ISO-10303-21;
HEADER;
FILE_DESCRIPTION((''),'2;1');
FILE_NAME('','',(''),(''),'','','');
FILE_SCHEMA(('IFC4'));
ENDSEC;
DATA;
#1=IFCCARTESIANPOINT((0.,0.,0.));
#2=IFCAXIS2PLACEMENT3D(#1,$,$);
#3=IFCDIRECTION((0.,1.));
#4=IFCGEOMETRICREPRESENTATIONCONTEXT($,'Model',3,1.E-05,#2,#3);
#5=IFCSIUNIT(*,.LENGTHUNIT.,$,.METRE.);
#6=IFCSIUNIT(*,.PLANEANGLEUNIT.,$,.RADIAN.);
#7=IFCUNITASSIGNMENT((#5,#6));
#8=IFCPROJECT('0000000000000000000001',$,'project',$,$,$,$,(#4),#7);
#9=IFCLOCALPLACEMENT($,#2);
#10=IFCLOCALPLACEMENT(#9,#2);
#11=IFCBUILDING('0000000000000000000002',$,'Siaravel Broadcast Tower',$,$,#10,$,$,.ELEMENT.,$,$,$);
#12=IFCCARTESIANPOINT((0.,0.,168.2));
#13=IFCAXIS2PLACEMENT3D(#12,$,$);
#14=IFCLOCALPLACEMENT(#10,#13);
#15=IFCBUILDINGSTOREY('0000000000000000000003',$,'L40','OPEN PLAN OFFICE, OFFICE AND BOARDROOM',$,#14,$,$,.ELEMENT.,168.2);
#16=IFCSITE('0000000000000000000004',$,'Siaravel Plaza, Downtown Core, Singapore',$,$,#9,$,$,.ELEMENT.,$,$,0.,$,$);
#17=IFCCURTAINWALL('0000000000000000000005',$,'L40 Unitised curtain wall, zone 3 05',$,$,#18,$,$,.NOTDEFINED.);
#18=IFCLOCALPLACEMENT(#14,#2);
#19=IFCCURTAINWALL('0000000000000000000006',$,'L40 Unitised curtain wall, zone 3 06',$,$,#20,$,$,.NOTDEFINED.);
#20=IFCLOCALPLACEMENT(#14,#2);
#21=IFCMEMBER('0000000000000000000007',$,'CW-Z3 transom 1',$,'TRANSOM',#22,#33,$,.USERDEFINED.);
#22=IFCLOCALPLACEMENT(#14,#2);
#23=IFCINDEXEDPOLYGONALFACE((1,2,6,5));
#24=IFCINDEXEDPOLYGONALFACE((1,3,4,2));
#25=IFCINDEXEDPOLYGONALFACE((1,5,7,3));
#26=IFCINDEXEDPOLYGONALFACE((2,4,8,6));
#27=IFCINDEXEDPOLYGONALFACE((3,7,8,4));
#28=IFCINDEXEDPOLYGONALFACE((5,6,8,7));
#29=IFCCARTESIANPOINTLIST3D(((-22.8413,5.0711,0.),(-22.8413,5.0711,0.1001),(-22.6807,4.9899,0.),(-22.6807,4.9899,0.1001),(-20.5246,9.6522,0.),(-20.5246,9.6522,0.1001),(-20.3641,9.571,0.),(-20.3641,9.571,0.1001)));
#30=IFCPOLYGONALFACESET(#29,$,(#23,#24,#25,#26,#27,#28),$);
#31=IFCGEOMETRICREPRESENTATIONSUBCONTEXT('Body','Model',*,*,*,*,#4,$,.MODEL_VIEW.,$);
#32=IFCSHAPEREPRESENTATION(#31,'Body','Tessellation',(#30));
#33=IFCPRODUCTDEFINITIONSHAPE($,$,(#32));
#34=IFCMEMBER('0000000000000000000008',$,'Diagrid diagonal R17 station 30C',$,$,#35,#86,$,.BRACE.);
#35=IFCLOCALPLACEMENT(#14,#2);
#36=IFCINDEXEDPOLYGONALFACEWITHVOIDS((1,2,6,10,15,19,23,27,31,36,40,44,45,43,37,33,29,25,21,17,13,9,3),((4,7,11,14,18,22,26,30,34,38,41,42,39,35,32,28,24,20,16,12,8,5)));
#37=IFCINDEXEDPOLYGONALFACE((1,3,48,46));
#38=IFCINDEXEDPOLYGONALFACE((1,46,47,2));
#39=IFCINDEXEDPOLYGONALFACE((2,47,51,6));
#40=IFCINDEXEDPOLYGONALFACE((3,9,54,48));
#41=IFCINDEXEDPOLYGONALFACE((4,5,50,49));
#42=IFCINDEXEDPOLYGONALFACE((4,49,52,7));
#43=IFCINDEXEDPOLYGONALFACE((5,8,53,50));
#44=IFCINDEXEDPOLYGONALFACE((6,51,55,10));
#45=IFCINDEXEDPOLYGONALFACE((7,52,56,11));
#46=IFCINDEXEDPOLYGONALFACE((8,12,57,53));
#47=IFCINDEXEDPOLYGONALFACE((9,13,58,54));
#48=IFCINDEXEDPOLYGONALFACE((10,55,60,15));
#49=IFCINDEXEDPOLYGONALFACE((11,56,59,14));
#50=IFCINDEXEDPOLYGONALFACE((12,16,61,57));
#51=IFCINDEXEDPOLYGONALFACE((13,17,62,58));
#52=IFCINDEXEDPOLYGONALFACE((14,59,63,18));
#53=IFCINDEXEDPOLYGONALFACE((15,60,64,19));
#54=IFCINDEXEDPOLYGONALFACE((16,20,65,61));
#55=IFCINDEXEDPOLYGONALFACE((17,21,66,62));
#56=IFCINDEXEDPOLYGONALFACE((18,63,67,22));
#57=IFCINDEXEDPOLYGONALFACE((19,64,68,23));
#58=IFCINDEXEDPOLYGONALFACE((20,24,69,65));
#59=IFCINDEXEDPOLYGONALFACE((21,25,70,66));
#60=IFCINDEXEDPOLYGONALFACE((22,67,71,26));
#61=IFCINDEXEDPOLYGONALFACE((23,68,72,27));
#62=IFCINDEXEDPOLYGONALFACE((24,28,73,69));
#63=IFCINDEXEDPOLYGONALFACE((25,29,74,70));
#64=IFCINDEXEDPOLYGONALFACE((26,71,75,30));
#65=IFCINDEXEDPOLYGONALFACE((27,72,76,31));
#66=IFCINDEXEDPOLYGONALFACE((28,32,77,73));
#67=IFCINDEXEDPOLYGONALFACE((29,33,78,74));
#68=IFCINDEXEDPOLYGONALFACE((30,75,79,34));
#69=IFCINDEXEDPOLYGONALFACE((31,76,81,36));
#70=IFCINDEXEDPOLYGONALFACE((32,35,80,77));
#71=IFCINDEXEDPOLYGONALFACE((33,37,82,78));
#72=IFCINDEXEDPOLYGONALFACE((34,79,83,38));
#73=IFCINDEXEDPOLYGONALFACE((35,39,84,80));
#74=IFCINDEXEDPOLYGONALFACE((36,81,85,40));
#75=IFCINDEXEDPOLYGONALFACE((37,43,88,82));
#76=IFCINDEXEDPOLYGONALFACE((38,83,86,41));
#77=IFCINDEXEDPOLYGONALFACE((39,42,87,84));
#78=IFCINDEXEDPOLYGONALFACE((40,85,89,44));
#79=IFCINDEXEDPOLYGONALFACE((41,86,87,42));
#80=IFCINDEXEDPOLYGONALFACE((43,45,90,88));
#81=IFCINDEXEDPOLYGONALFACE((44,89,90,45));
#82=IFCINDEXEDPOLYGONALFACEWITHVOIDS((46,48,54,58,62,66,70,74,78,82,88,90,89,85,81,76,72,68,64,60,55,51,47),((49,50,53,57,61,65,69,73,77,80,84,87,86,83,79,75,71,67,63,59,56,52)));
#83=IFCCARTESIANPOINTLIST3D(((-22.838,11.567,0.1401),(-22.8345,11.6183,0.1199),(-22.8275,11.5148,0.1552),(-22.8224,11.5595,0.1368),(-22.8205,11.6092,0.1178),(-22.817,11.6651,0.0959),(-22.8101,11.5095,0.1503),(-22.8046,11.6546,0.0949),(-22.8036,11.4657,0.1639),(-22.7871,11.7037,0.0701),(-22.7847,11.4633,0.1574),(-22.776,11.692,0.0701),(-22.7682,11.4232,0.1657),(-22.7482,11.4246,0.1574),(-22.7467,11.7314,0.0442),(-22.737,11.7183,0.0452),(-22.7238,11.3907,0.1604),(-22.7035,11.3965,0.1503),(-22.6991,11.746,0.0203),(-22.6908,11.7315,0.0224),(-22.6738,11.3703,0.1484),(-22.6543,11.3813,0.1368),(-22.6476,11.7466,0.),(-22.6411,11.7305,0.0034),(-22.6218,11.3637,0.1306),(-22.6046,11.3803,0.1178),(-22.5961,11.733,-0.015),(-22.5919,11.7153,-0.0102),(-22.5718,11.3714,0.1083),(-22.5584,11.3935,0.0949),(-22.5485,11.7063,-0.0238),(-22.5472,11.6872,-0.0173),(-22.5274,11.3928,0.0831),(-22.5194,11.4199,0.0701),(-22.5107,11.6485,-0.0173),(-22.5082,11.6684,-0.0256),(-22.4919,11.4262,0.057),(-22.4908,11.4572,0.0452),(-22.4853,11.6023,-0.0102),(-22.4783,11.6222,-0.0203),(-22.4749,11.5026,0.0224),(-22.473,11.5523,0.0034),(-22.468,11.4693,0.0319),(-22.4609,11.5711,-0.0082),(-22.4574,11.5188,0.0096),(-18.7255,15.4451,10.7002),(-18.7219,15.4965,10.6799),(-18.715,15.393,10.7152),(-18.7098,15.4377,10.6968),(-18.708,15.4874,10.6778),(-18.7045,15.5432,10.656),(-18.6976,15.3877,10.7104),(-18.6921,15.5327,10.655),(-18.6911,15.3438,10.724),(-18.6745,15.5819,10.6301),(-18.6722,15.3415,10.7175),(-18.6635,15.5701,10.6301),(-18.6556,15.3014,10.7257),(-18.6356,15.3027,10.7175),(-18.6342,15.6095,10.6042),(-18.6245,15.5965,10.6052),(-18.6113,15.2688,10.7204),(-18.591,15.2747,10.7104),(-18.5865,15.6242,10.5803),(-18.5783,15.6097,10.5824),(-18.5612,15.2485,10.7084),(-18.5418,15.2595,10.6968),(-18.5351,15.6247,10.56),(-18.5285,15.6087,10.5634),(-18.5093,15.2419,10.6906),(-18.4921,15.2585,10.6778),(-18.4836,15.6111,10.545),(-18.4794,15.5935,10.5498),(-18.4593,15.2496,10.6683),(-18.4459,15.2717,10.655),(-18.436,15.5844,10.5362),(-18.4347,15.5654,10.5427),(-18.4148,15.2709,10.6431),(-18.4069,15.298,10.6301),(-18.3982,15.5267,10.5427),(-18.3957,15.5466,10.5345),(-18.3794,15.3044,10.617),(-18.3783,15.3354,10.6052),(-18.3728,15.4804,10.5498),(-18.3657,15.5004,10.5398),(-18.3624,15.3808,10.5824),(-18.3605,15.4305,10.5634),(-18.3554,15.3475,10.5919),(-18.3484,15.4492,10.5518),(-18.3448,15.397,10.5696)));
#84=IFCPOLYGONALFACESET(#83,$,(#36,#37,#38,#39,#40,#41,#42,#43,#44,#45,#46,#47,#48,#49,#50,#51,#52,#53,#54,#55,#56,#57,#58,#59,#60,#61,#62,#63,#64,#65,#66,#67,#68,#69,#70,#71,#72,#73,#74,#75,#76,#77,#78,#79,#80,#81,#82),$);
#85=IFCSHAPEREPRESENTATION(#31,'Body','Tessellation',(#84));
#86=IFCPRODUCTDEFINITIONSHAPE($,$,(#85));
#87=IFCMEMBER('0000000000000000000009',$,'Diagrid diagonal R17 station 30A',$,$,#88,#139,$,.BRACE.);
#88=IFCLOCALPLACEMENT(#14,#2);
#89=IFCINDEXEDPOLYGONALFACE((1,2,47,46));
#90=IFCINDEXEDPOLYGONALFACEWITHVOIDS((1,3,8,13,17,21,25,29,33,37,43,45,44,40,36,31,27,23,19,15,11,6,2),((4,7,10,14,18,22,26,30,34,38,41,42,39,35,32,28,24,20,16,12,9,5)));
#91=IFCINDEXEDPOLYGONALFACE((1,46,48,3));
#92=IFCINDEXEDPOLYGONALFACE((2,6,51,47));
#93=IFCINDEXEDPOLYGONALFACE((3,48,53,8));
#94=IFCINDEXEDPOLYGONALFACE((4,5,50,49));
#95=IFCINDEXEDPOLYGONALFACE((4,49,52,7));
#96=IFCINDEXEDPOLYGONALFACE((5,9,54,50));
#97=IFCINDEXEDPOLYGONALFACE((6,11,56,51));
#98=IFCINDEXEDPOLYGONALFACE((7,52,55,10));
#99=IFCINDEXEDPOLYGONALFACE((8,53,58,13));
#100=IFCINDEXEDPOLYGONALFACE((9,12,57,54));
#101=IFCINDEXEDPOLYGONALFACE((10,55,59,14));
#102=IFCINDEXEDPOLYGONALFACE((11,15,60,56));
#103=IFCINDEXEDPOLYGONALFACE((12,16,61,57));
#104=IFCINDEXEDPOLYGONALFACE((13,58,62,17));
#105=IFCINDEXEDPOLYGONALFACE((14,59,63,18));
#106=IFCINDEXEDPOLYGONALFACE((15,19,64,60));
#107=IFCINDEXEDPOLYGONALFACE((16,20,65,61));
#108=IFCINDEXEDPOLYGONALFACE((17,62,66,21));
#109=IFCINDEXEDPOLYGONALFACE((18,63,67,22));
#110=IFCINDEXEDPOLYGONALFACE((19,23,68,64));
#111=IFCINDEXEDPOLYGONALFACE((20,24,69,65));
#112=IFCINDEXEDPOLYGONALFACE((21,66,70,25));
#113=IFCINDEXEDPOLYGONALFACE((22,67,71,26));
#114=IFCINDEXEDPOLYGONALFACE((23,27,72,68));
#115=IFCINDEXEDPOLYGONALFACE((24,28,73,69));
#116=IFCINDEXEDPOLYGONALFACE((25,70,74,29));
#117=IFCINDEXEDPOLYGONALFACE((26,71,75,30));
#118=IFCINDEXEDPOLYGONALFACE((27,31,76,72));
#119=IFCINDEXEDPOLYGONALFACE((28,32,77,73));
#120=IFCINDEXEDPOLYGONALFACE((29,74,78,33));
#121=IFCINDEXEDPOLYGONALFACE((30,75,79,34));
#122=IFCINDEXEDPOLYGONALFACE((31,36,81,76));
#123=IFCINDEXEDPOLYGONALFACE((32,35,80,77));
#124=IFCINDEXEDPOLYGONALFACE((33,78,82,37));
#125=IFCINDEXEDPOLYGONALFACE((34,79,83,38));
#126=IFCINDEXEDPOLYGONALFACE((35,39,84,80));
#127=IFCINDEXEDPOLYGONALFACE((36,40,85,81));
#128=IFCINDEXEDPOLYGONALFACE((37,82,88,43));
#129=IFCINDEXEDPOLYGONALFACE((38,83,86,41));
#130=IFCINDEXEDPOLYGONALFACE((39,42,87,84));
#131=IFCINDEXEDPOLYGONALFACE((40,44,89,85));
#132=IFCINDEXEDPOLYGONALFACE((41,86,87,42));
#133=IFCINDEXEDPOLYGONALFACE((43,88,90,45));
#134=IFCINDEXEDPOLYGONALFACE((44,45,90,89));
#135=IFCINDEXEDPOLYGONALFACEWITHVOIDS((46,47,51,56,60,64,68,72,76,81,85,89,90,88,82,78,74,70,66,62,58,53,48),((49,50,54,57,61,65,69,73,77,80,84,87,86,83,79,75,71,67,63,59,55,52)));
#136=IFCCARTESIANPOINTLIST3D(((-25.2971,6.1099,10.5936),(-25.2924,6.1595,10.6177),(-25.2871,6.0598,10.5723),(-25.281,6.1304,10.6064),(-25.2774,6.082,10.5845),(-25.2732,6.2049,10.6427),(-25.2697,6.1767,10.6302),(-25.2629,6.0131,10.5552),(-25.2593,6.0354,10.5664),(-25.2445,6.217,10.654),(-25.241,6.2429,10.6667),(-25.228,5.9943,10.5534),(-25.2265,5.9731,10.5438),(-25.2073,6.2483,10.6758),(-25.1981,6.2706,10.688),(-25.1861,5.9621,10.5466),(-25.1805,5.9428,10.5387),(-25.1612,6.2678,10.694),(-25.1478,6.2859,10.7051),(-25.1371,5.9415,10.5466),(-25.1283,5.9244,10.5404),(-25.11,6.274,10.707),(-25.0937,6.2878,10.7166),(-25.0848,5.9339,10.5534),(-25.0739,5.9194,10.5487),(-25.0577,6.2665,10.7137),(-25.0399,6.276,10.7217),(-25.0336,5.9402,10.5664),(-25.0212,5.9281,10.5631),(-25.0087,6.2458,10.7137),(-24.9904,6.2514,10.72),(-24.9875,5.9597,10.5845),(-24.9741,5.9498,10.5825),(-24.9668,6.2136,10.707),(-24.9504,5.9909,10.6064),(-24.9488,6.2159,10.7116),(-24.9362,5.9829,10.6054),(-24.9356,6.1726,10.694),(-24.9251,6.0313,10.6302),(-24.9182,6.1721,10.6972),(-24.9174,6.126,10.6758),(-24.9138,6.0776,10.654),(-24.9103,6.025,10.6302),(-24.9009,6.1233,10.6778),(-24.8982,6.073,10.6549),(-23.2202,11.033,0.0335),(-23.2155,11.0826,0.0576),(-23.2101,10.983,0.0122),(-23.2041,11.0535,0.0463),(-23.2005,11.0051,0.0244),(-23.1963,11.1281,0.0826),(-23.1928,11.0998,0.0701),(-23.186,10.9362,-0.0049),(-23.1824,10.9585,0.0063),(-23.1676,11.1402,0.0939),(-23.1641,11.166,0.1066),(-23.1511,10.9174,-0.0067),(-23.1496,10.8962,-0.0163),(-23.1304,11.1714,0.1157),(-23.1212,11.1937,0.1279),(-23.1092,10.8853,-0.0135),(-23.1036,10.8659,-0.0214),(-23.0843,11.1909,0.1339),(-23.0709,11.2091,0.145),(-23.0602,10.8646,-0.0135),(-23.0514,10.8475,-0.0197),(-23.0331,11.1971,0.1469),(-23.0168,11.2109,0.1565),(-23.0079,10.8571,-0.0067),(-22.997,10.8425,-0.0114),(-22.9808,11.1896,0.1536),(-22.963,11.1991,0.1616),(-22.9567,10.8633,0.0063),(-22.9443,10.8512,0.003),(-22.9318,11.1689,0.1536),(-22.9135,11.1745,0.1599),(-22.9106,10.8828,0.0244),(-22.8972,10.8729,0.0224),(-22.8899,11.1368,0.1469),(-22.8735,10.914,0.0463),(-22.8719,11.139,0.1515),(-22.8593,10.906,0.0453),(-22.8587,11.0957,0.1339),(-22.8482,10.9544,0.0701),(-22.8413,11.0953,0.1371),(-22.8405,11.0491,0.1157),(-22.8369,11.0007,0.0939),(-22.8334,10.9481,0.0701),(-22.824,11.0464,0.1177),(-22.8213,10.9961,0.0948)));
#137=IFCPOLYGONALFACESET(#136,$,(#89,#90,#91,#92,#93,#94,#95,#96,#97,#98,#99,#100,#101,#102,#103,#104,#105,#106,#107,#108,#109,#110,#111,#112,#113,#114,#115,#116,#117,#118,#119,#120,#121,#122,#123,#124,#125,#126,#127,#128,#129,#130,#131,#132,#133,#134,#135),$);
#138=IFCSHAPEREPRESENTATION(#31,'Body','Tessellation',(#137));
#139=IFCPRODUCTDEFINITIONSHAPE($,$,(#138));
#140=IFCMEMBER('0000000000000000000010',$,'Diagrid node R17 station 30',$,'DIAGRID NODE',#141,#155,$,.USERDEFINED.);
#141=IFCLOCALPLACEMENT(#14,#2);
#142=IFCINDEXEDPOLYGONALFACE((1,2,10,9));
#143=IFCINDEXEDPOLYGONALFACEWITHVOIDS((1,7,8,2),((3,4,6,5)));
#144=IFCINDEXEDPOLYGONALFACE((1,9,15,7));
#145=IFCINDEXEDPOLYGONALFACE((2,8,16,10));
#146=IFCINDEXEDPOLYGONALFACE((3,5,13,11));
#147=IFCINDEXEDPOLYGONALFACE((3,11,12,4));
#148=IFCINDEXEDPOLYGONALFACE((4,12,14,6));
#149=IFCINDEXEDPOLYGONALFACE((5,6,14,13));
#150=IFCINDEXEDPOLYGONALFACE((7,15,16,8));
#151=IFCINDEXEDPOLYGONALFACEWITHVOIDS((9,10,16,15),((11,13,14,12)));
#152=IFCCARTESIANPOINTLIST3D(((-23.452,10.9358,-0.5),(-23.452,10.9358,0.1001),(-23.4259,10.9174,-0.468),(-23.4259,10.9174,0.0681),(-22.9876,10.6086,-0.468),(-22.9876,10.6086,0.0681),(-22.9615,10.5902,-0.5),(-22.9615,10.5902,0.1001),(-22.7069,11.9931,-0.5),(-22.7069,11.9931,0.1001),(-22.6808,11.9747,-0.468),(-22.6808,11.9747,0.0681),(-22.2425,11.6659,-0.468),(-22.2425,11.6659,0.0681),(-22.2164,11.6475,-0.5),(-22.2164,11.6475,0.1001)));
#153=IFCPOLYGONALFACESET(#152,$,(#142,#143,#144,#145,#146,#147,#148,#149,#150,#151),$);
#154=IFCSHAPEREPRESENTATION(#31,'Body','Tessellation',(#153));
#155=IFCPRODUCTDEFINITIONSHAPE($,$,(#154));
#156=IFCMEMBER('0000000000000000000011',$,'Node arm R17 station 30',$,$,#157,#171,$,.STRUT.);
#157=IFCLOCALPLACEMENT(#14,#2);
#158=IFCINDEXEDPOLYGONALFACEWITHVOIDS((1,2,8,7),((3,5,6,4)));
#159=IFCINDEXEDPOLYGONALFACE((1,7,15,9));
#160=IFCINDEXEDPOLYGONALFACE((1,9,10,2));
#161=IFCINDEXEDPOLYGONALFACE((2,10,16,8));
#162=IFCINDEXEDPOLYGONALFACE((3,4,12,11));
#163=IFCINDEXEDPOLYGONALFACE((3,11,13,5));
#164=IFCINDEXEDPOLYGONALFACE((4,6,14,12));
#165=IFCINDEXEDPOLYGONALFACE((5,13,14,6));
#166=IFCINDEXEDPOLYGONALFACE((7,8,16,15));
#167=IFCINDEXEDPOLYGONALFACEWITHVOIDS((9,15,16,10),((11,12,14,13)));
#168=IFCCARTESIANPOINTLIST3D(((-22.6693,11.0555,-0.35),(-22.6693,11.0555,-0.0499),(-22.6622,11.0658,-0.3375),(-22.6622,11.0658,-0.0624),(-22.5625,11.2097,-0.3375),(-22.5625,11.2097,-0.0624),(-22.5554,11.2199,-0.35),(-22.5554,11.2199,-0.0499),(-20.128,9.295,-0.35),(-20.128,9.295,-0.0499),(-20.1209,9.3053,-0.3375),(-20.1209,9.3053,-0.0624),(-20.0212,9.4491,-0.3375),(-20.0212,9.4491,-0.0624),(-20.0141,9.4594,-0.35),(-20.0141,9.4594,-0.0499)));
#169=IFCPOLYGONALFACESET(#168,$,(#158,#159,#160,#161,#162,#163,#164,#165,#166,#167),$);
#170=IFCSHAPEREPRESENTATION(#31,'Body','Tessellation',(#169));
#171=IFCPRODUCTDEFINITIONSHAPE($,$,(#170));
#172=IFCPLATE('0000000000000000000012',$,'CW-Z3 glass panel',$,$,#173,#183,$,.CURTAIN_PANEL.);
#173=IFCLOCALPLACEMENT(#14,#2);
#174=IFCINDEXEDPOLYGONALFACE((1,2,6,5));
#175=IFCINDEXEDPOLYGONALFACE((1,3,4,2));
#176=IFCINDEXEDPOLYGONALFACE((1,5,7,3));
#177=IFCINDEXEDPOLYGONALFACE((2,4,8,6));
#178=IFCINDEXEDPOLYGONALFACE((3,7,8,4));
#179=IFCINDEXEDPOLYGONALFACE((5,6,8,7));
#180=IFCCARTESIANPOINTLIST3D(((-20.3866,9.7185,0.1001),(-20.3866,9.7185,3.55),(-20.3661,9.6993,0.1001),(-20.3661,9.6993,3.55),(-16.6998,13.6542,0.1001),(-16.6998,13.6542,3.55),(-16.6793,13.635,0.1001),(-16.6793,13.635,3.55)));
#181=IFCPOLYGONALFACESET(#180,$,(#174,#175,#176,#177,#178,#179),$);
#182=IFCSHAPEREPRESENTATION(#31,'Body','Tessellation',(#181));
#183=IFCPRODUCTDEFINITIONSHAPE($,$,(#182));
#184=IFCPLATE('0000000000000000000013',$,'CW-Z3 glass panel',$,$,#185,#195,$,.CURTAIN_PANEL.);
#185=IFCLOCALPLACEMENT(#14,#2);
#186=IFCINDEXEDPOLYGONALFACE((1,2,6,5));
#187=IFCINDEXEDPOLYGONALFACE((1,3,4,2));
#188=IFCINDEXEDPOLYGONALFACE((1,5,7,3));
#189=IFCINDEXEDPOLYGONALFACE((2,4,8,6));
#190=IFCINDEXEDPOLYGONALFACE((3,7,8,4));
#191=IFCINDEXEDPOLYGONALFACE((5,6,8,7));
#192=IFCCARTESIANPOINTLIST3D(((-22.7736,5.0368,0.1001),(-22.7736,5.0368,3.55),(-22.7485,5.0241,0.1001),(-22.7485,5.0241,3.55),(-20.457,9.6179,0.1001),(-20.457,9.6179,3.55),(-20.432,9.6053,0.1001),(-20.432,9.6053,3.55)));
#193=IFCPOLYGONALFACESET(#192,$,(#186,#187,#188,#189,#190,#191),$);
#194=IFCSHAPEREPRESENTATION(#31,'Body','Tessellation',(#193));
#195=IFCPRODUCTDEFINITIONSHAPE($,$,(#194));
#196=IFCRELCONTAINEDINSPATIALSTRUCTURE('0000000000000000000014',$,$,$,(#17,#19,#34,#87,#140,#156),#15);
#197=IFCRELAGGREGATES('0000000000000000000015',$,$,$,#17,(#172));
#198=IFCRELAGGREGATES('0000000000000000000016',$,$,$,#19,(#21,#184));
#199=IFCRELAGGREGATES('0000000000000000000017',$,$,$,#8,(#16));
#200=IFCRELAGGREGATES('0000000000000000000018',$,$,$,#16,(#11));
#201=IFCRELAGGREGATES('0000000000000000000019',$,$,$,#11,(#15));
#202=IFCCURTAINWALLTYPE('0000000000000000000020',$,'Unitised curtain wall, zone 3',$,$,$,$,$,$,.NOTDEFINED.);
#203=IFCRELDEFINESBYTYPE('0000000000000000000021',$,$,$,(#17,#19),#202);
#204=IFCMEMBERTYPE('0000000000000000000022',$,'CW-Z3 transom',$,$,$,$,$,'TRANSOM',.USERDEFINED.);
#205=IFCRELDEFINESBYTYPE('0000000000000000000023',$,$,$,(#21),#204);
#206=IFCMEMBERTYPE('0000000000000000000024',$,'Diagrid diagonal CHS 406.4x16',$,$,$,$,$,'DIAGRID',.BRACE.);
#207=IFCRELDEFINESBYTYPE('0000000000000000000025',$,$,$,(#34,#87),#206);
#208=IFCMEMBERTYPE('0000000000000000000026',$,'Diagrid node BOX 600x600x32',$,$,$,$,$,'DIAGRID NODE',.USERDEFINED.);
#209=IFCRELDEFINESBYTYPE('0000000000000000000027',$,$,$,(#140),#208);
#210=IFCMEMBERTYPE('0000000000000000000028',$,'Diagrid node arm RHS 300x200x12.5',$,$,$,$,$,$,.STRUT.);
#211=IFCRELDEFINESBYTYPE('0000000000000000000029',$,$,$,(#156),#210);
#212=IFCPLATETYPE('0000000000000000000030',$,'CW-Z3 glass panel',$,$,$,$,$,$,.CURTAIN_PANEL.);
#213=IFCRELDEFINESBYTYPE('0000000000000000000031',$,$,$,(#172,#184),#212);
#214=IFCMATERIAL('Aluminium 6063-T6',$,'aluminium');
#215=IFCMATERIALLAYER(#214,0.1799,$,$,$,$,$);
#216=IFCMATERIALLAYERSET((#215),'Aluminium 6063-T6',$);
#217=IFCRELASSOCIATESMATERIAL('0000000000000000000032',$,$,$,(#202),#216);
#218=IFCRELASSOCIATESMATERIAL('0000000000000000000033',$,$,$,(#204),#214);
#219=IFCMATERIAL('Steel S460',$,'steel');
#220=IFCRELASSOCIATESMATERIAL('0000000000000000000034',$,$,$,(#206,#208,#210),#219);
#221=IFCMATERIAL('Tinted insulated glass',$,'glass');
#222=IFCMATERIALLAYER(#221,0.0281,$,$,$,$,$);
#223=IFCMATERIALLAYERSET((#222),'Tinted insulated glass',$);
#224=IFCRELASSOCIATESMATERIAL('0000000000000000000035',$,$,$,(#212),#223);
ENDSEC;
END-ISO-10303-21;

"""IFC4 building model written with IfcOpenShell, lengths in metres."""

from ifc_helpers import new_model, si_unit, direction, frame, origin, origin_2d, place, context, subcontext, project, spatial, rectangle, hollow_rectangle, hollow_circle, extrude, material, layer, layer_set, material_profile, profile_set, type_object, element, aggregate, save


model = new_model("IFC4")

# Units and contexts
model_context = context("Model", 3, precision=1e-05, world=origin(), true_north=direction((0.0, 1.0)))
body_context = subcontext(model_context, "Body", "Model", "MODEL_VIEW")
ifc_project = project(units=[si_unit("LENGTHUNIT", "METRE"), si_unit("PLANEANGLEUNIT", "RADIAN")], contexts=[model_context])

# Site, building, storey
site_placement = place(None, origin())
site = spatial("IfcSite", under=ifc_project, at=site_placement, Name="Siaravel Plaza, Downtown Core, Singapore", CompositionType="ELEMENT", RefElevation=0.0)
building_placement = place(site_placement, origin())
building = spatial("IfcBuilding", under=site, at=building_placement, Name="Siaravel Broadcast Tower", CompositionType="ELEMENT")
storey_placement = place(building_placement, frame((0.0, 0.0, 168.2)))
storey = spatial("IfcBuildingStorey", under=building, at=storey_placement, Name="L40", Description="OPEN PLAN OFFICE, OFFICE AND BOARDROOM", CompositionType="ELEMENT", Elevation=168.2)

# Curtain wall
ifc_material_1 = material(Name="Aluminium 6063-T6", Category="aluminium")
ifc_layer_1 = layer(ifc_material_1, 0.1799)
ifc_layer_set_1 = layer_set([ifc_layer_1], Name="Aluminium 6063-T6")
curtain_wall_type = type_object("IfcCurtainWallType", Name="Unitised curtain wall, zone 3", PredefinedType="NOTDEFINED", material=ifc_layer_set_1)
curtain_wall_1_placement = place(storey_placement, origin())
curtain_wall_1 = element("IfcCurtainWall", 1, at=curtain_wall_1_placement, inside=storey, type_object=curtain_wall_type, Name="L40 Unitised curtain wall, zone 3 05", PredefinedType="NOTDEFINED")

# Curtain wall
curtain_wall_2_placement = place(storey_placement, origin())
curtain_wall_2 = element("IfcCurtainWall", 2, at=curtain_wall_2_placement, inside=storey, type_object=curtain_wall_type, Name="L40 Unitised curtain wall, zone 3 06", PredefinedType="NOTDEFINED")

# Member
ifc_material_profile_1 = material_profile(ifc_material_1, rectangle(XDim=0.1799, YDim=0.1001, at=origin_2d()))
ifc_profile_set_1 = profile_set([ifc_material_profile_1], Name="Aluminium 6063-T6")
member_type_1 = type_object("IfcMemberType", Name="CW-Z3 transom", ElementType="TRANSOM", PredefinedType="USERDEFINED", material=ifc_profile_set_1)
member_1_placement = place(storey_placement, frame((-20.4443, 9.6116, 0.05), z_axis=(-0.45128, -0.892382, 0.0), x_axis=(0.892382, -0.45128, 0.0)))
member_1 = element("IfcMember", 3, at=member_1_placement, type_object=member_type_1, Name="CW-Z3 transom 1", ObjectType="TRANSOM", PredefinedType="USERDEFINED", context=body_context, shape_type="SweptSolid", body=[
    extrude(rectangle(XDim=0.1799, YDim=0.1001, at=origin_2d()), origin(), (0.0, 0.0, 1.0), 5.1335),
])

# Members
ifc_material_2 = material(Name="Steel S460", Category="steel")
ifc_material_profile_2 = material_profile(ifc_material_2, hollow_circle(Radius=0.2031, WallThickness=0.0161, at=origin_2d()))
ifc_profile_set_2 = profile_set([ifc_material_profile_2], Name="Steel S460")
member_type_2 = type_object("IfcMemberType", Name="Diagrid diagonal CHS 406.4x16", ElementType="DIAGRID", PredefinedType="BRACE", material=ifc_profile_set_2)
member_2_placement = place(storey_placement, frame((-22.6477, 11.5559, 0.0701), z_axis=(0.343347, 0.32378, 0.881635), x_axis=(-0.686072, 0.727534, 0.0)))
element("IfcMember", 4, at=member_2_placement, inside=storey, type_object=member_type_2, Name="Diagrid diagonal R17 station 30C", PredefinedType="BRACE", context=body_context, shape_type="SweptSolid", body=[
    extrude(hollow_circle(Radius=0.2031, WallThickness=0.0161, at=origin_2d()), origin(), (0.0, 0.0, 1.0), 11.9778),
])
member_3_placement = place(storey_placement, frame((-23.0205, 11.0271, 0.0701), z_axis=(-0.17549, -0.415981, 0.89228), x_axis=(0.921366, -0.388696, 0.0)))
element("IfcMember", 5, at=member_3_placement, inside=storey, type_object=member_type_2, Name="Diagrid diagonal R17 station 30A", PredefinedType="BRACE", context=body_context, shape_type="SweptSolid", body=[
    extrude(hollow_circle(Radius=0.2031, WallThickness=0.0161, at=origin_2d()), origin(), (0.0, 0.0, 1.0), 11.835),
])
ifc_material_profile_3 = material_profile(ifc_material_2, hollow_rectangle(XDim=0.6001, YDim=0.6001, WallThickness=0.032, at=origin_2d()))
ifc_profile_set_3 = profile_set([ifc_material_profile_3], Name="Steel S460")
member_type_3 = type_object("IfcMemberType", Name="Diagrid node BOX 600x600x32", ElementType="DIAGRID NODE", PredefinedType="USERDEFINED", material=ifc_profile_set_3)
member_4_placement = place(storey_placement, frame((-22.4617, 11.8203, -0.2), z_axis=(-0.576031, -0.817428, 0.0), x_axis=(0.817428, -0.576031, 0.0)))
element("IfcMember", 6, at=member_4_placement, inside=storey, type_object=member_type_3, Name="Diagrid node R17 station 30", ObjectType="DIAGRID NODE", PredefinedType="USERDEFINED", context=body_context, shape_type="SweptSolid", body=[
    extrude(hollow_rectangle(XDim=0.6001, YDim=0.6001, WallThickness=0.032, at=origin_2d()), origin(), (0.0, 0.0, 1.0), 1.2935),
])
ifc_material_profile_4 = material_profile(ifc_material_2, hollow_rectangle(XDim=0.2, YDim=0.3, WallThickness=0.0125, at=origin_2d()))
ifc_profile_set_4 = profile_set([ifc_material_profile_4], Name="Steel S460")
member_type_4 = type_object("IfcMemberType", Name="Diagrid node arm RHS 300x200x12.5", PredefinedType="STRUT", material=ifc_profile_set_4)
member_5_placement = place(storey_placement, frame((-20.071, 9.3772, -0.2), z_axis=(-0.822016, 0.569465, 0.0), x_axis=(-0.569465, -0.822016, 0.0)))
element("IfcMember", 7, at=member_5_placement, inside=storey, type_object=member_type_4, Name="Node arm R17 station 30", PredefinedType="STRUT", context=body_context, shape_type="SweptSolid", body=[
    extrude(hollow_rectangle(XDim=0.2, YDim=0.3, WallThickness=0.0125, at=origin_2d()), origin(), (0.0, 0.0, 1.0), 3.0916),
])

# Plates
ifc_material_3 = material(Name="Tinted insulated glass", Category="glass")
ifc_layer_2 = layer(ifc_material_3, 0.0281)
ifc_layer_set_2 = layer_set([ifc_layer_2], Name="Tinted insulated glass")
plate_type = type_object("IfcPlateType", Name="CW-Z3 glass panel", PredefinedType="CURTAIN_PANEL", material=ifc_layer_set_2)
plate_1_placement = place(storey_placement, frame((-18.533, 11.6768, 0.1001), z_axis=(0.0, 0.0, 1.0), x_axis=(-0.683655, -0.729805, 0.0)))
plate_1 = element("IfcPlate", 8, at=plate_1_placement, type_object=plate_type, Name="CW-Z3 glass panel", PredefinedType="CURTAIN_PANEL", context=body_context, shape_type="SweptSolid", body=[
    extrude(rectangle(XDim=5.3928, YDim=0.0281, at=origin_2d()), origin(), (0.0, 0.0, 1.0), 3.45),
])
aggregate(curtain_wall_1, [plate_1])
plate_2_placement = place(storey_placement, frame((-21.6028, 7.321, 0.1001), z_axis=(0.0, 0.0, 1.0), x_axis=(-0.451261, -0.892392, 0.0)))
plate_2 = element("IfcPlate", 9, at=plate_2_placement, type_object=plate_type, Name="CW-Z3 glass panel", PredefinedType="CURTAIN_PANEL", context=body_context, shape_type="SweptSolid", body=[
    extrude(rectangle(XDim=5.1335, YDim=0.0281, at=origin_2d()), origin(), (0.0, 0.0, 1.0), 3.45),
])
aggregate(curtain_wall_2, [member_1, plate_2])

save(model, "model.ifc")
